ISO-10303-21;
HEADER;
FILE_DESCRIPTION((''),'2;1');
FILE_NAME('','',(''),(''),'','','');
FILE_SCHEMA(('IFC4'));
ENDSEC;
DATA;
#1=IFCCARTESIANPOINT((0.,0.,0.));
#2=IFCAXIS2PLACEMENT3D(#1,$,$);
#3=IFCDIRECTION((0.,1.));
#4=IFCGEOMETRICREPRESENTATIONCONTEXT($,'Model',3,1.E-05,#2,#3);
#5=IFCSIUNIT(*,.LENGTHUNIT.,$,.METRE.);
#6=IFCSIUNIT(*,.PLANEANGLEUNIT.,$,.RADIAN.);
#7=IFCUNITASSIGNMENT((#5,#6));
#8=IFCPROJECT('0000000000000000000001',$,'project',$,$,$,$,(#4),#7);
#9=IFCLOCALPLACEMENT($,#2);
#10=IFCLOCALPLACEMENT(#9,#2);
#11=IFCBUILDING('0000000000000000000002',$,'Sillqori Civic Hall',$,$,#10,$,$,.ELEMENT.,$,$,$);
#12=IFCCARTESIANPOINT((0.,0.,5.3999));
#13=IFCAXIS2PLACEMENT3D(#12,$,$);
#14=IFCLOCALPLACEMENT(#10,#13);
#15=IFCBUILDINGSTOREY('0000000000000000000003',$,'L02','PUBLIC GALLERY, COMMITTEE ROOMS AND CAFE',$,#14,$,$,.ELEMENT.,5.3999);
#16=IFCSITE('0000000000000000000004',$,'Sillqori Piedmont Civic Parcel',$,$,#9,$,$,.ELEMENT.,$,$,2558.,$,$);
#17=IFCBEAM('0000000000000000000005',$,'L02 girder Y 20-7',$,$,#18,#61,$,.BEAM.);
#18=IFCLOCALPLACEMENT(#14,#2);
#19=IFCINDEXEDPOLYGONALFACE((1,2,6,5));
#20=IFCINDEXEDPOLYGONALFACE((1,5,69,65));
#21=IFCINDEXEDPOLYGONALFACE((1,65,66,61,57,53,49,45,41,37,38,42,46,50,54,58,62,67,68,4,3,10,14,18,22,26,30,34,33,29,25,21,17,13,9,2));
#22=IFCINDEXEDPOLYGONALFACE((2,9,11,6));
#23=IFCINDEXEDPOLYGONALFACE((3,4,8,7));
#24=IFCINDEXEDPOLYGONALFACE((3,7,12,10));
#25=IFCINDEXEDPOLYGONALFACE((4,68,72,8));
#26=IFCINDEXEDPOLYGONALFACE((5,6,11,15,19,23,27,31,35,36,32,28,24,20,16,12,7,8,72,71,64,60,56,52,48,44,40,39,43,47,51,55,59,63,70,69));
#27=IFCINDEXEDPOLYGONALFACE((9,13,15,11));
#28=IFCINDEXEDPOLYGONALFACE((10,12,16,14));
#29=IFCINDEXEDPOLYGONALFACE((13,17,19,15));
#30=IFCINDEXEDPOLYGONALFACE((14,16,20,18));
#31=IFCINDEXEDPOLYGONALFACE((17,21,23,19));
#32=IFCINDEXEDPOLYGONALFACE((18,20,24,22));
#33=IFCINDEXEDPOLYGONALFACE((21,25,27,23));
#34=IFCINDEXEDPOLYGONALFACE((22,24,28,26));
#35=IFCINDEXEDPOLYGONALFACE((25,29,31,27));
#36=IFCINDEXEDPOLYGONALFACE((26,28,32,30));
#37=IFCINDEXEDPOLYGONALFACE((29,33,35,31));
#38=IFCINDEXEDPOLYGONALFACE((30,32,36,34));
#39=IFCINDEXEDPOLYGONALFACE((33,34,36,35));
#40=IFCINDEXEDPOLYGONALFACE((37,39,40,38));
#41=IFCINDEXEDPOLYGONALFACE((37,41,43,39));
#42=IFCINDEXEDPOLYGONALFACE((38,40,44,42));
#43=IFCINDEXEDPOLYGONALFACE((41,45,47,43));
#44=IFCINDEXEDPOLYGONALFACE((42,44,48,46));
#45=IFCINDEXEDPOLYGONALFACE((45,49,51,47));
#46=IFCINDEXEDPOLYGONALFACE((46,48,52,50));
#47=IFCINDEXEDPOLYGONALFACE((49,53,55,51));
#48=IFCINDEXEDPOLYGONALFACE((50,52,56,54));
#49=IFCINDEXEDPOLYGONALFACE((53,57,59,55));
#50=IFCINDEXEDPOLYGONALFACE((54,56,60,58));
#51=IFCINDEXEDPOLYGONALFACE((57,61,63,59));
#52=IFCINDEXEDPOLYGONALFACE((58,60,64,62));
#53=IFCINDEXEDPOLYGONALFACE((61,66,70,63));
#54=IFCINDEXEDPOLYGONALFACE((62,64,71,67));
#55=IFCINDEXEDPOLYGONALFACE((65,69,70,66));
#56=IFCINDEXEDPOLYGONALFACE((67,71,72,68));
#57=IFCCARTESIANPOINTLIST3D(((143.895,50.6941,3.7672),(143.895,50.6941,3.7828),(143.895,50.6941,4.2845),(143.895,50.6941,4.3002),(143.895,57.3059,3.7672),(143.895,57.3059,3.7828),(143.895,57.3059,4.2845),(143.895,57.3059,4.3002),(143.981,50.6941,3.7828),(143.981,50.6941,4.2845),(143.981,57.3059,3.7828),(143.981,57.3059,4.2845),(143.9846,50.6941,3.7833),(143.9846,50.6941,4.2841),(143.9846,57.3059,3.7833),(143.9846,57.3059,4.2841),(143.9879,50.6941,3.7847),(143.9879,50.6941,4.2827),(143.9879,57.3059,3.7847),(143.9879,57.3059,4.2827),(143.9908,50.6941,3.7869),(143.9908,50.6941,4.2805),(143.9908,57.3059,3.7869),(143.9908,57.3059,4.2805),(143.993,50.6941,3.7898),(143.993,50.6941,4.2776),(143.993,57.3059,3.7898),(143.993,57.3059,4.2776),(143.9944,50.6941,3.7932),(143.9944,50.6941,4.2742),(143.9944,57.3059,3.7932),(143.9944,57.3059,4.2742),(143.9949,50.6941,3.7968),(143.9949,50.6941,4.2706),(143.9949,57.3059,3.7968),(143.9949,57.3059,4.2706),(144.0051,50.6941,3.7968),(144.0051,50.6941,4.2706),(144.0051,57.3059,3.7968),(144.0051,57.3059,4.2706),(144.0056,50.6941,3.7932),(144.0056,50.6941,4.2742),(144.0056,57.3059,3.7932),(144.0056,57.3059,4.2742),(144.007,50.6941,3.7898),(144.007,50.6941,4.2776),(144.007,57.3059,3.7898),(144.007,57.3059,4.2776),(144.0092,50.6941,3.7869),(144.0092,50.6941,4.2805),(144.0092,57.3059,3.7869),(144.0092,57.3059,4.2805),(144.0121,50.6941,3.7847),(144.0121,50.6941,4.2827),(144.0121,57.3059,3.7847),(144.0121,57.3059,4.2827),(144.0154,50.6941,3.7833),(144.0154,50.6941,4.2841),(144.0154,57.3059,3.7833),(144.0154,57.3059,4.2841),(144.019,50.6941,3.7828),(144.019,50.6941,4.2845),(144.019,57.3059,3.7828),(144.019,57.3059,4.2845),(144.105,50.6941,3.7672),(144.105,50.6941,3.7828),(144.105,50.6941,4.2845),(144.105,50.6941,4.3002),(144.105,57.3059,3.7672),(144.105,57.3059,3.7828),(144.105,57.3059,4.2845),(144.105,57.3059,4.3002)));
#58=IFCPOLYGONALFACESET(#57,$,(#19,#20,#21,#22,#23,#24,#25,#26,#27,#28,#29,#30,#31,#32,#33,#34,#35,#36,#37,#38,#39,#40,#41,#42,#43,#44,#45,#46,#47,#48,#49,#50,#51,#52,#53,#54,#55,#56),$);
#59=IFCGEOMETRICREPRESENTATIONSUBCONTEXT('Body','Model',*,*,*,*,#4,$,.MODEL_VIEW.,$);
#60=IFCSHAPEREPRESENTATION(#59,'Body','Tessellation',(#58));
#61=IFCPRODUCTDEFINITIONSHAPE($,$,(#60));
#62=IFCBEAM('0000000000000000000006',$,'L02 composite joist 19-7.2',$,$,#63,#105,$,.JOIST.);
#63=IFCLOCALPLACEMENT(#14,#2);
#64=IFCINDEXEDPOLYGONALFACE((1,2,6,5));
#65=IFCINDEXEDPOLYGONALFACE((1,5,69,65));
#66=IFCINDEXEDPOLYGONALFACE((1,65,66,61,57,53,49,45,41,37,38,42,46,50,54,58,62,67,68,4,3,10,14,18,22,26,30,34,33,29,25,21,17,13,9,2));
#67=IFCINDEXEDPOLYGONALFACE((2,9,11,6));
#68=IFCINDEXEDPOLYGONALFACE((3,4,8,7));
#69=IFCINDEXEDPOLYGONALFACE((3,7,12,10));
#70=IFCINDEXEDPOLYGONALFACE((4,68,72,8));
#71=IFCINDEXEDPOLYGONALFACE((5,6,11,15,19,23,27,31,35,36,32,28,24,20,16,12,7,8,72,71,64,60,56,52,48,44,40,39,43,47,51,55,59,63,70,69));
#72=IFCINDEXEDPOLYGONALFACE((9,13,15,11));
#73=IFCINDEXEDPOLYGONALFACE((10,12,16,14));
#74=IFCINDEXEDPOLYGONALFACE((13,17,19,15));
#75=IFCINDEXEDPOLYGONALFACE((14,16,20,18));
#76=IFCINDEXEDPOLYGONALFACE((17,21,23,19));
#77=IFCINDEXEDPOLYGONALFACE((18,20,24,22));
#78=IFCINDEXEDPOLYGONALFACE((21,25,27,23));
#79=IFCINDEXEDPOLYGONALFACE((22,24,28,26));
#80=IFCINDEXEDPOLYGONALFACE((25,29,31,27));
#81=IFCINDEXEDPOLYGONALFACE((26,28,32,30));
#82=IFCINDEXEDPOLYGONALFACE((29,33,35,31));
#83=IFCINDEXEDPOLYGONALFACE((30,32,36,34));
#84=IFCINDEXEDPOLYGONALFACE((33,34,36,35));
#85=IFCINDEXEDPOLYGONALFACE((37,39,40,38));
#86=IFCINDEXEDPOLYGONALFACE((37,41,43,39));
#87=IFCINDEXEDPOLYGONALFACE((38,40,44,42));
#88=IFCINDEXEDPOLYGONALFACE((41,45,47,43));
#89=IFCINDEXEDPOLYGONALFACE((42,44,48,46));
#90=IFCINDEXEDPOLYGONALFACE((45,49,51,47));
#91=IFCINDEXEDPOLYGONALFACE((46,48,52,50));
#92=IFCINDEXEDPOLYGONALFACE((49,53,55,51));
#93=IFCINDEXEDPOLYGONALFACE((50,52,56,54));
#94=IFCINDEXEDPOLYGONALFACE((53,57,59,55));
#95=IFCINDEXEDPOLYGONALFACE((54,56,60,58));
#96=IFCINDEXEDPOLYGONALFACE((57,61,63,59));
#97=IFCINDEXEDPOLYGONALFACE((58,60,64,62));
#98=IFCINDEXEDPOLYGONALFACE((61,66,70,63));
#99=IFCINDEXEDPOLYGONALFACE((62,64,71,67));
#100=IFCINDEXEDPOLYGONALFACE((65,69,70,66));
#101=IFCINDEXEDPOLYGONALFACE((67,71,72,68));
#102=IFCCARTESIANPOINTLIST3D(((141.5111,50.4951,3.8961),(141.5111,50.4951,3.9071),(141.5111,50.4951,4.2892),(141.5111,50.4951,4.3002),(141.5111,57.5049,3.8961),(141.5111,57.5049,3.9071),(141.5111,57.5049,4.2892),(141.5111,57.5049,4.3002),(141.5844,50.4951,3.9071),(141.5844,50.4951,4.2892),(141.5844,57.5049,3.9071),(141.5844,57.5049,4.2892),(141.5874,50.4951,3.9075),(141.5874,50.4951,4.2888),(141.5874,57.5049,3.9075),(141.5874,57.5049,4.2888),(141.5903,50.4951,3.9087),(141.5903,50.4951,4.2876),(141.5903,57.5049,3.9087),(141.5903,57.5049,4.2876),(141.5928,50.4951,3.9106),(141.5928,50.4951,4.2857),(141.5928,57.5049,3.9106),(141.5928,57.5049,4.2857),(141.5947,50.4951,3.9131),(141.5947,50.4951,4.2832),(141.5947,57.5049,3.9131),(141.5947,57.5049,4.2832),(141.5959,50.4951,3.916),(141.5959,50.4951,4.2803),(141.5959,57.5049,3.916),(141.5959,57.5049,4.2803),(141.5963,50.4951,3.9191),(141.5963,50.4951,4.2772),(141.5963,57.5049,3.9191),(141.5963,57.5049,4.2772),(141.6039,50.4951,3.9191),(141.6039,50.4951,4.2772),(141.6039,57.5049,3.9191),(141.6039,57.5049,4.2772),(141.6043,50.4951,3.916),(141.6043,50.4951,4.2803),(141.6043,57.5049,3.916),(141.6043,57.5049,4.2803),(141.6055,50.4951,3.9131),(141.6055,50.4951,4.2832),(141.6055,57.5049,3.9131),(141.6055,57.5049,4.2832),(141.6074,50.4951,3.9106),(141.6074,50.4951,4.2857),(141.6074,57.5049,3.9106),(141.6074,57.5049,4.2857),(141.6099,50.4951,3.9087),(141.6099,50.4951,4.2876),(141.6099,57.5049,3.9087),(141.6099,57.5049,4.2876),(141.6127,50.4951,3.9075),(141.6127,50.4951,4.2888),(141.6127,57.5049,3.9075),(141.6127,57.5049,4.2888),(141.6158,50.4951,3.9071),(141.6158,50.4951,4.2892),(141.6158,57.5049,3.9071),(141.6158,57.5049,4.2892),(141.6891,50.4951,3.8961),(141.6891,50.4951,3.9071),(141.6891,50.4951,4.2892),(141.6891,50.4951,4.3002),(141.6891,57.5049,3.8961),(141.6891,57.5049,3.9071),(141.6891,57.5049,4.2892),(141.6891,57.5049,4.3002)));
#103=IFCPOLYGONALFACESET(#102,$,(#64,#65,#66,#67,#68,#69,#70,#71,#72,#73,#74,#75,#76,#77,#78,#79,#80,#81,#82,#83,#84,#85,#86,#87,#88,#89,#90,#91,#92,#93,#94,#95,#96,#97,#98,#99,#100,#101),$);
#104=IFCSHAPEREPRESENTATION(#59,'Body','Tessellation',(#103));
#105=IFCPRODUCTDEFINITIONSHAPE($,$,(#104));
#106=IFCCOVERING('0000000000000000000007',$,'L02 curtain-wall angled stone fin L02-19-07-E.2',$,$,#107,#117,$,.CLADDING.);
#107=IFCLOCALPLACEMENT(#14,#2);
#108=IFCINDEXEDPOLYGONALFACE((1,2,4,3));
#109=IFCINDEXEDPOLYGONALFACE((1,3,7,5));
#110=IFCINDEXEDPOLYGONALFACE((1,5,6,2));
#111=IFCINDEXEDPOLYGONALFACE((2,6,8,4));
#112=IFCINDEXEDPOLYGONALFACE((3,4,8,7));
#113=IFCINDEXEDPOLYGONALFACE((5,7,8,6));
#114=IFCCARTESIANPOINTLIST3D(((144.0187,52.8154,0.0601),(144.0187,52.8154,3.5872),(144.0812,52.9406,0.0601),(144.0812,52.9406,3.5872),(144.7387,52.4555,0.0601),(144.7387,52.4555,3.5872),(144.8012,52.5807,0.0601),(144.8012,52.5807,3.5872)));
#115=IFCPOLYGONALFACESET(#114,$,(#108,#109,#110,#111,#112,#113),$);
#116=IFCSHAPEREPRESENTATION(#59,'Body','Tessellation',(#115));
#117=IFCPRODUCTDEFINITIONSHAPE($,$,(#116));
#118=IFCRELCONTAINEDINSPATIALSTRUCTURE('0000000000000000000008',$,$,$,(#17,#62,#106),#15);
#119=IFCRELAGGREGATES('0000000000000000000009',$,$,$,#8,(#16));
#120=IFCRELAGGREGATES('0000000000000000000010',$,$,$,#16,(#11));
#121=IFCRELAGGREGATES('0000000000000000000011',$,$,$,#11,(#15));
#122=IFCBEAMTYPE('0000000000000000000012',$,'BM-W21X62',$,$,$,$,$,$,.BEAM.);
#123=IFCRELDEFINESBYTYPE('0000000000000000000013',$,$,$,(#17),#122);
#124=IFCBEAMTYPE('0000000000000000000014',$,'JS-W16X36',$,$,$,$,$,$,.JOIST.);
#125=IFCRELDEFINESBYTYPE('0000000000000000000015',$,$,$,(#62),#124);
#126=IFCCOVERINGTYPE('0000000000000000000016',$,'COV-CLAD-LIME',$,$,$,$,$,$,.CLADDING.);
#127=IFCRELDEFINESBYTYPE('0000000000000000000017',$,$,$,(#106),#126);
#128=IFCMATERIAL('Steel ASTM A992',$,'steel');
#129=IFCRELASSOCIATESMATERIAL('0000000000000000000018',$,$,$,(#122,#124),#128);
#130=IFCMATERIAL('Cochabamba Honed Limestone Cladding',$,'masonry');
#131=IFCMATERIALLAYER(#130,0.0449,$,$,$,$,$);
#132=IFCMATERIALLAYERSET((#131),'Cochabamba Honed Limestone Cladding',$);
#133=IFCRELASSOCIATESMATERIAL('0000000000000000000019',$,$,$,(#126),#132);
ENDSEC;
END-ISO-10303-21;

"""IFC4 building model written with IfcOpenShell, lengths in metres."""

from ifc_helpers import new_model, si_unit, direction, frame, frame_2d, origin, origin_2d, place, context, subcontext, project, spatial, rectangle, i_section, extrude, material, layer, layer_set, material_profile, profile_set, type_object, element, save


model = new_model("IFC4")

# Units and contexts
model_context = context("Model", 3, precision=1e-05, world=origin(), true_north=direction((0.0, 1.0)))
body_context = subcontext(model_context, "Body", "Model", "MODEL_VIEW")
ifc_project = project(units=[si_unit("LENGTHUNIT", "METRE"), si_unit("PLANEANGLEUNIT", "RADIAN")], contexts=[model_context])

# Site, building, storey
site_placement = place(None, origin())
site = spatial("IfcSite", under=ifc_project, at=site_placement, Name="Sillqori Piedmont Civic Parcel", CompositionType="ELEMENT", RefElevation=2558.0)
building_placement = place(site_placement, origin())
building = spatial("IfcBuilding", under=site, at=building_placement, Name="Sillqori Civic Hall", CompositionType="ELEMENT")
storey_placement = place(building_placement, frame((0.0, 0.0, 5.3999)))
storey = spatial("IfcBuildingStorey", under=building, at=storey_placement, Name="L02", Description="PUBLIC GALLERY, COMMITTEE ROOMS AND CAFE", CompositionType="ELEMENT", Elevation=5.3999)

# Beam
ifc_material_1 = material(Name="Steel ASTM A992", Category="steel")
ifc_material_profile_1 = material_profile(ifc_material_1, i_section(OverallWidth=0.21, OverallDepth=0.533, WebThickness=0.0103, FlangeThickness=0.0156, FilletRadius=0.0139, at=origin_2d()), Name="W21X62")
ifc_profile_set_1 = profile_set([ifc_material_profile_1], Name="Steel ASTM A992")
beam_type_1 = type_object("IfcBeamType", Name="BM-W21X62", PredefinedType="BEAM", material=ifc_profile_set_1)
beam_1_placement = place(storey_placement, frame((144.0, 50.6941, 4.0337), z_axis=(0.0, 1.0, 0.0), x_axis=(-1.0, 0.0, 0.0)))
element("IfcBeam", 1, at=beam_1_placement, inside=storey, type_object=beam_type_1, Name="L02 girder Y 20-7", PredefinedType="BEAM", context=body_context, shape_type="SweptSolid", body=[
    extrude(i_section(OverallWidth=0.21, OverallDepth=0.533, WebThickness=0.0103, FlangeThickness=0.0156, FilletRadius=0.0139, at=origin_2d()), origin(), (0.0, 0.0, 1.0), 6.6118),
])

# Beam
ifc_material_profile_2 = material_profile(ifc_material_1, i_section(OverallWidth=0.178, OverallDepth=0.4041, WebThickness=0.0076, FlangeThickness=0.011, FilletRadius=0.012, at=origin_2d()), Name="W16X36")
ifc_profile_set_2 = profile_set([ifc_material_profile_2], Name="Steel ASTM A992")
beam_type_2 = type_object("IfcBeamType", Name="JS-W16X36", PredefinedType="JOIST", material=ifc_profile_set_2)
beam_2_placement = place(storey_placement, frame((141.6001, 50.4951, 4.0981), z_axis=(0.0, 1.0, 0.0), x_axis=(-1.0, 0.0, 0.0)))
element("IfcBeam", 2, at=beam_2_placement, inside=storey, type_object=beam_type_2, Name="L02 composite joist 19-7.2", PredefinedType="JOIST", context=body_context, shape_type="SweptSolid", body=[
    extrude(i_section(OverallWidth=0.178, OverallDepth=0.4041, WebThickness=0.0076, FlangeThickness=0.011, FilletRadius=0.012, at=origin_2d()), origin(), (0.0, 0.0, 1.0), 7.0098),
])

# Covering
ifc_material_2 = material(Name="Cochabamba Honed Limestone Cladding", Category="masonry")
ifc_layer_1 = layer(ifc_material_2, 0.0449)
ifc_layer_set_1 = layer_set([ifc_layer_1], Name="Cochabamba Honed Limestone Cladding")
covering_type = type_object("IfcCoveringType", Name="COV-CLAD-LIME", PredefinedType="CLADDING", material=ifc_layer_set_1)
covering_placement = place(storey_placement, frame((144.05, 52.8779, 0.0601), z_axis=(0.0, 0.0, 1.0), x_axis=(0.894488, -0.447092, 0.0)))
element("IfcCovering", 3, at=covering_placement, inside=storey, type_object=covering_type, Name="L02 curtain-wall angled stone fin L02-19-07-E.2", PredefinedType="CLADDING", context=body_context, shape_type="SweptSolid", body=[
    extrude(rectangle(XDim=0.8049, YDim=0.1399, at=frame_2d((0.4023, 0.0))), origin(), (0.0, 0.0, 1.0), 3.5271),
])

save(model, "model.ifc")
